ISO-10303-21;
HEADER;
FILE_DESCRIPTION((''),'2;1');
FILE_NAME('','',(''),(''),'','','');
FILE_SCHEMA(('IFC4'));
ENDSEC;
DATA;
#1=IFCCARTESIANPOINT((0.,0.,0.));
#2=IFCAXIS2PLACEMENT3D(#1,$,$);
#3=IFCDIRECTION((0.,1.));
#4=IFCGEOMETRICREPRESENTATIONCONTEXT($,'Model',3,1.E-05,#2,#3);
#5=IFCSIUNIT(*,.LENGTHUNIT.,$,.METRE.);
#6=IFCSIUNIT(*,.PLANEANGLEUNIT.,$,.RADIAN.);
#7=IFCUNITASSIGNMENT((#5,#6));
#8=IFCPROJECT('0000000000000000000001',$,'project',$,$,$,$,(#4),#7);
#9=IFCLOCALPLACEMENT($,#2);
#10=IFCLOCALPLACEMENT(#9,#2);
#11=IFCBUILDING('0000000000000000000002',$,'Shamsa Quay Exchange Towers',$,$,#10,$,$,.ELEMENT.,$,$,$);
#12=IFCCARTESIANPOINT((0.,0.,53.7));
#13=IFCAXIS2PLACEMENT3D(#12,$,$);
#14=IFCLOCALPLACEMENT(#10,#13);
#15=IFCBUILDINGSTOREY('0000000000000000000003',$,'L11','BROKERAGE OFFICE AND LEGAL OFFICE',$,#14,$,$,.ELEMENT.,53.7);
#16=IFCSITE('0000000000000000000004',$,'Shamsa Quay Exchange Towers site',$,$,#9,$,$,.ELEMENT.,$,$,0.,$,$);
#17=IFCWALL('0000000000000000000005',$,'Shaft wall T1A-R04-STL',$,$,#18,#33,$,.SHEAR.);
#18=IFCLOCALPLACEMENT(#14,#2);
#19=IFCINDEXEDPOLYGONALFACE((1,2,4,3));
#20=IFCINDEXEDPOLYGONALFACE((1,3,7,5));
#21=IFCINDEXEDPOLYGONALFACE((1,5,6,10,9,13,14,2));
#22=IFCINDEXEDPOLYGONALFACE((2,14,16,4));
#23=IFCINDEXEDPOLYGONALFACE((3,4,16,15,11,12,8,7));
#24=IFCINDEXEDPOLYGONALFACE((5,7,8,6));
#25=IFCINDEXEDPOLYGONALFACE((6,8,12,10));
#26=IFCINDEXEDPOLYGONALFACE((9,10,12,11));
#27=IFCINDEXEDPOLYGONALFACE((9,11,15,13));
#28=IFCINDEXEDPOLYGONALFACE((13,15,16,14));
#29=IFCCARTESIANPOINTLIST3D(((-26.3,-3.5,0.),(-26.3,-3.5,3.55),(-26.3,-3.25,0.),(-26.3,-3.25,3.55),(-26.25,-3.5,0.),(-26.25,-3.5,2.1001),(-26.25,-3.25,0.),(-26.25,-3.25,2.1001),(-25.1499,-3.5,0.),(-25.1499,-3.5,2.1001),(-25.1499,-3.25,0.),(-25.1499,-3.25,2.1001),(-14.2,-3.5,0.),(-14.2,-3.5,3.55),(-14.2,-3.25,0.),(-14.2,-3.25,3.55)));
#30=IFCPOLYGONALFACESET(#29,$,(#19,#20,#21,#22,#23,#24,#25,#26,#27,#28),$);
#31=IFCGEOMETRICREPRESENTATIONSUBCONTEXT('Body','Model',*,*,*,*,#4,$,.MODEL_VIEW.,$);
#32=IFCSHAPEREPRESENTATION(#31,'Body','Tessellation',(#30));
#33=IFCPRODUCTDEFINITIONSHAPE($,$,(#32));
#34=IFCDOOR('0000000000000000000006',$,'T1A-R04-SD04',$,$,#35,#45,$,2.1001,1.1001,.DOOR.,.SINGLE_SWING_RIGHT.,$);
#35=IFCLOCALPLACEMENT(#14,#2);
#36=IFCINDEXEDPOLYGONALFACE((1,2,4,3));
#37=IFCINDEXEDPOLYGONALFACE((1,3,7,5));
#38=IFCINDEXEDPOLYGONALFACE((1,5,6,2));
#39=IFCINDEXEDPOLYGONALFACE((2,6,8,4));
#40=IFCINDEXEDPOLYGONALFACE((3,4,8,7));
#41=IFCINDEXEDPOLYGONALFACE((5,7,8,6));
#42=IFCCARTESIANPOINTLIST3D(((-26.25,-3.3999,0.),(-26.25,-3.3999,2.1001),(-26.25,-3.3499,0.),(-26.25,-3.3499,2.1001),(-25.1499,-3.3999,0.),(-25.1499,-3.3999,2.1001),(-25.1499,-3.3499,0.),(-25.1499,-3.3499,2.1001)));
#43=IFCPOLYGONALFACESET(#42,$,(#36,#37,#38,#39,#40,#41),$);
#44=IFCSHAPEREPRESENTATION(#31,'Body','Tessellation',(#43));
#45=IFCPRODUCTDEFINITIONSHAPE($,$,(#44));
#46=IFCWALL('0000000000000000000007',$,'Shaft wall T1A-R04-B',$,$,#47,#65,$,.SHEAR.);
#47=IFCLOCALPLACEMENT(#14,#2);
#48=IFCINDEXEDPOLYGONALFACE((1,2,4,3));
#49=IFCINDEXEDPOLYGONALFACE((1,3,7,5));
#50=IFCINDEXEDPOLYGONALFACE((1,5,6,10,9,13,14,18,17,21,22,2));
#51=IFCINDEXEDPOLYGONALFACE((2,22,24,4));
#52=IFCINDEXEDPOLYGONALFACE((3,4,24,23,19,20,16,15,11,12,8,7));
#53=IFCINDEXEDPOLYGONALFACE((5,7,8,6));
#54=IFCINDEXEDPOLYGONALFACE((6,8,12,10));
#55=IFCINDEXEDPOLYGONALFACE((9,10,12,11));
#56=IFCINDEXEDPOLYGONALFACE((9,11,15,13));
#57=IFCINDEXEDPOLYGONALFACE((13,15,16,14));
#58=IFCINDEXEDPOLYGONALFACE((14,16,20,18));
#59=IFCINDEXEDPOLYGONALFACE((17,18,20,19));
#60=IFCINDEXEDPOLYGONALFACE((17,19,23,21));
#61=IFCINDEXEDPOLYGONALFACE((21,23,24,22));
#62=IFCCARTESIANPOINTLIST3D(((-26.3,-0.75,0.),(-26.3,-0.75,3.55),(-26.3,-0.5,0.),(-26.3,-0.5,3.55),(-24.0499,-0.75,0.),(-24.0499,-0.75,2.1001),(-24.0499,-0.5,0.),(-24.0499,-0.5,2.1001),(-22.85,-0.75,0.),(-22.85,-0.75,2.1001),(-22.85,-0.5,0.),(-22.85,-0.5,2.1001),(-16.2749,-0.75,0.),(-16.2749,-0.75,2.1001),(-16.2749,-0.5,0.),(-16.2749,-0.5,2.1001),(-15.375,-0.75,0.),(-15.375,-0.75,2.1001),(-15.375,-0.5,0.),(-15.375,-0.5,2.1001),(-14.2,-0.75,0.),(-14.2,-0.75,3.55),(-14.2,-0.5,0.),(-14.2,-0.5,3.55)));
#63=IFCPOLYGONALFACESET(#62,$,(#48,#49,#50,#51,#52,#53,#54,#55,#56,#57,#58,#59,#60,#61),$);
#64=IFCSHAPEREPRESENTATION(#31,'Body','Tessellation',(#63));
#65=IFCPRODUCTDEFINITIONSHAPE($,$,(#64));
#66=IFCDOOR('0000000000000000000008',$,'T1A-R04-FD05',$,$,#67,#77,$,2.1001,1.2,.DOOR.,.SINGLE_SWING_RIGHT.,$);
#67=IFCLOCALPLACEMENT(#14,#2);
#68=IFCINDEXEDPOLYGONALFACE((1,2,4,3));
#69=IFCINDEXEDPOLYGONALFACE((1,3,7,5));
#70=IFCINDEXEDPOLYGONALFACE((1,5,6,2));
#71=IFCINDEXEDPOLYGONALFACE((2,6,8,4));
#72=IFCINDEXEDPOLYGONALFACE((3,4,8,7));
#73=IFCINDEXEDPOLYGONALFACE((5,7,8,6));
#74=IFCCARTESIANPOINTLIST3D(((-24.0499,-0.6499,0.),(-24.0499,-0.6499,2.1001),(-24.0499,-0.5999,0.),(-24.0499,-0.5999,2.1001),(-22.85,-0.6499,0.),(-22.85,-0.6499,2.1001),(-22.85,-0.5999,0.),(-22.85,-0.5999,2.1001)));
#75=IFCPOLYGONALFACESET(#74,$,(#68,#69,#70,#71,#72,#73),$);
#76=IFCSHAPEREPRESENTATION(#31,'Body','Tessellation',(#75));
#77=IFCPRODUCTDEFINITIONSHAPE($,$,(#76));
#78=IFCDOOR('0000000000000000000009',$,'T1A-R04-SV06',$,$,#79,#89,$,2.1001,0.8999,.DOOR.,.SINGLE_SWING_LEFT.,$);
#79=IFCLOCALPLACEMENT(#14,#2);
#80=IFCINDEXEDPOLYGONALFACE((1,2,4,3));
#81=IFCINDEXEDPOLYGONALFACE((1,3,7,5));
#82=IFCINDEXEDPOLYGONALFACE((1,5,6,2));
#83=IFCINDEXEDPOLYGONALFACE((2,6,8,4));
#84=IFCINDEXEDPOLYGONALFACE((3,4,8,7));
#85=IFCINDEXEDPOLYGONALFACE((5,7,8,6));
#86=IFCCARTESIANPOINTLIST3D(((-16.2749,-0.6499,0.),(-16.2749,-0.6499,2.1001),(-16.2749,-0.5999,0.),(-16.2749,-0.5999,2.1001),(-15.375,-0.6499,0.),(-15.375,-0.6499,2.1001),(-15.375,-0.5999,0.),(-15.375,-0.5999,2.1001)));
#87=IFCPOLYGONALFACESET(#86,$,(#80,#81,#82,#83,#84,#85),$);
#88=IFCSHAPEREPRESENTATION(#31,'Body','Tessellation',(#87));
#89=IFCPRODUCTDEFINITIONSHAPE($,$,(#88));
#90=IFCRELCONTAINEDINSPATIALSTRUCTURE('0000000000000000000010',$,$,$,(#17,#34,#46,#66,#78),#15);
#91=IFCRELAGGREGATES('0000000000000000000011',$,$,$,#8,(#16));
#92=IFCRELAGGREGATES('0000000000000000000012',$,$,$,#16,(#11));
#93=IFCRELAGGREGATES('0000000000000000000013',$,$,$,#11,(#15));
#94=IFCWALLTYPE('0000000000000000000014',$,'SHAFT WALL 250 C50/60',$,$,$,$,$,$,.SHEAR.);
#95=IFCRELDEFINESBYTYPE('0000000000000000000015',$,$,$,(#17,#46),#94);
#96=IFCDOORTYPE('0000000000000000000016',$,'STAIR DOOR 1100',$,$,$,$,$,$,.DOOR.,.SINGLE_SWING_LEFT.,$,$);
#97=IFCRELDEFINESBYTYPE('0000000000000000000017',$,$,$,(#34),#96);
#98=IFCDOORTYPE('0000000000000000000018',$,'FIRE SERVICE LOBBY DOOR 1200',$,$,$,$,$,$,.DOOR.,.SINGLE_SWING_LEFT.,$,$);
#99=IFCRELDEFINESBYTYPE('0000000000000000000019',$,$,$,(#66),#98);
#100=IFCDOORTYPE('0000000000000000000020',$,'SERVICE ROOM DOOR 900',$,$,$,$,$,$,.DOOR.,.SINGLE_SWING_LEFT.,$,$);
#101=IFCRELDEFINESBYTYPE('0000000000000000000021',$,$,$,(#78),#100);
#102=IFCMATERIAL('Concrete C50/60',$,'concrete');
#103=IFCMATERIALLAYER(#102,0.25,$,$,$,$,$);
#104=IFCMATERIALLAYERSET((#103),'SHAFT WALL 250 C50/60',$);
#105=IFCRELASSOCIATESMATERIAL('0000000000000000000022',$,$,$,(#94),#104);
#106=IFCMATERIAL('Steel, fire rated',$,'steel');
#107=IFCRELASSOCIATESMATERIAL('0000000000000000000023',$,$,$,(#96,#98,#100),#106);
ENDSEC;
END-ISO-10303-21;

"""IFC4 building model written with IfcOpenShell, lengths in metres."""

from ifc_helpers import new_model, si_unit, direction, frame, frame_2d, origin, place, context, subcontext, project, spatial, rectangle, extrude, material, layer, layer_set, type_object, element, fill, save


model = new_model("IFC4")

# Units and contexts
model_context = context("Model", 3, precision=1e-05, world=origin(), true_north=direction((0.0, 1.0)))
body_context = subcontext(model_context, "Body", "Model", "MODEL_VIEW")
ifc_project = project(units=[si_unit("LENGTHUNIT", "METRE"), si_unit("PLANEANGLEUNIT", "RADIAN")], contexts=[model_context])

# Site, building, storey
site_placement = place(None, origin())
site = spatial("IfcSite", under=ifc_project, at=site_placement, Name="Shamsa Quay Exchange Towers site", CompositionType="ELEMENT", RefElevation=0.0)
building_placement = place(site_placement, origin())
building = spatial("IfcBuilding", under=site, at=building_placement, Name="Shamsa Quay Exchange Towers", CompositionType="ELEMENT")
storey_placement = place(building_placement, frame((0.0, 0.0, 53.7)))
storey = spatial("IfcBuildingStorey", under=building, at=storey_placement, Name="L11", Description="BROKERAGE OFFICE AND LEGAL OFFICE", CompositionType="ELEMENT", Elevation=53.7)

# Wall, opening, door
ifc_material_1 = material(Name="Concrete C50/60", Category="concrete")
ifc_layer_1 = layer(ifc_material_1, 0.25)
ifc_layer_set_1 = layer_set([ifc_layer_1], Name="SHAFT WALL 250 C50/60")
wall_type = type_object("IfcWallType", Name="SHAFT WALL 250 C50/60", PredefinedType="SHEAR", material=ifc_layer_set_1)
wall_1_placement = place(storey_placement, frame((-14.2, -3.375, 0.0), z_axis=(0.0, 0.0, 1.0), x_axis=(-1.0, 0.0, 0.0)))
wall_1 = element("IfcWall", 1, at=wall_1_placement, inside=storey, type_object=wall_type, Name="Shaft wall T1A-R04-STL", PredefinedType="SHEAR", context=body_context, shape_type="SweptSolid", body=[
    extrude(rectangle(XDim=12.1001, YDim=0.25, at=frame_2d((6.05, 0.0))), origin(), (0.0, 0.0, 1.0), 3.55),
])
opening_1_placement = place(wall_1_placement, frame((10.95, 0.0, 0.0)))
opening_1 = element("IfcOpeningElement", 2, at=opening_1_placement, cuts=wall_1, PredefinedType="OPENING", context=body_context, shape_type="SweptSolid", body=[
    extrude(rectangle(XDim=1.1001, YDim=2.1001, at=frame_2d((0.55, 1.05))), frame((0.0, 0.135, 0.0), z_axis=(0.0, -1.0, 0.0), x_axis=(1.0, 0.0, 0.0)), (0.0, 0.0, 1.0), 0.27),
])
ifc_material_2 = material(Name="Steel, fire rated", Category="steel")
door_type_1 = type_object("IfcDoorType", Name="STAIR DOOR 1100", OperationType="SINGLE_SWING_LEFT", PredefinedType="DOOR", material=ifc_material_2)
door_1_placement = place(opening_1_placement, origin())
door_1 = element("IfcDoor", 3, at=door_1_placement, inside=storey, type_object=door_type_1, Name="T1A-R04-SD04", OperationType="SINGLE_SWING_RIGHT", OverallHeight=2.1001, OverallWidth=1.1001, PredefinedType="DOOR", context=body_context, shape_type="SweptSolid", body=[
    extrude(rectangle(XDim=1.1001, YDim=2.1001, at=frame_2d((0.55, 1.05))), frame((0.0, 0.0249, 0.0), z_axis=(0.0, -1.0, 0.0), x_axis=(1.0, 0.0, 0.0)), (0.0, 0.0, 1.0), 0.05),
])
fill(opening_1, door_1)

# Wall, openings, doors
wall_2_placement = place(storey_placement, frame((-14.2, -0.625, 0.0), z_axis=(0.0, 0.0, 1.0), x_axis=(-1.0, 0.0, 0.0)))
wall_2 = element("IfcWall", 4, at=wall_2_placement, inside=storey, type_object=wall_type, Name="Shaft wall T1A-R04-B", PredefinedType="SHEAR", context=body_context, shape_type="SweptSolid", body=[
    extrude(rectangle(XDim=12.1001, YDim=0.25, at=frame_2d((6.05, 0.0))), origin(), (0.0, 0.0, 1.0), 3.55),
])
opening_2_placement = place(wall_2_placement, frame((8.6499, 0.0, 0.0)))
opening_2 = element("IfcOpeningElement", 5, at=opening_2_placement, cuts=wall_2, PredefinedType="OPENING", context=body_context, shape_type="SweptSolid", body=[
    extrude(rectangle(XDim=1.2, YDim=2.1001, at=frame_2d((0.6001, 1.05))), frame((0.0, 0.135, 0.0), z_axis=(0.0, -1.0, 0.0), x_axis=(1.0, 0.0, 0.0)), (0.0, 0.0, 1.0), 0.27),
])
opening_3_placement = place(wall_2_placement, frame((1.175, 0.0, 0.0)))
opening_3 = element("IfcOpeningElement", 6, at=opening_3_placement, cuts=wall_2, PredefinedType="OPENING", context=body_context, shape_type="SweptSolid", body=[
    extrude(rectangle(XDim=0.8999, YDim=2.1001, at=frame_2d((0.45, 1.05))), frame((0.0, 0.135, 0.0), z_axis=(0.0, -1.0, 0.0), x_axis=(1.0, 0.0, 0.0)), (0.0, 0.0, 1.0), 0.27),
])
door_type_2 = type_object("IfcDoorType", Name="FIRE SERVICE LOBBY DOOR 1200", OperationType="SINGLE_SWING_LEFT", PredefinedType="DOOR", material=ifc_material_2)
door_2_placement = place(opening_2_placement, origin())
door_2 = element("IfcDoor", 7, at=door_2_placement, inside=storey, type_object=door_type_2, Name="T1A-R04-FD05", OperationType="SINGLE_SWING_RIGHT", OverallHeight=2.1001, OverallWidth=1.2, PredefinedType="DOOR", context=body_context, shape_type="SweptSolid", body=[
    extrude(rectangle(XDim=1.2, YDim=2.1001, at=frame_2d((0.6001, 1.05))), frame((0.0, 0.0249, 0.0), z_axis=(0.0, -1.0, 0.0), x_axis=(1.0, 0.0, 0.0)), (0.0, 0.0, 1.0), 0.05),
])
fill(opening_2, door_2)
door_type_3 = type_object("IfcDoorType", Name="SERVICE ROOM DOOR 900", OperationType="SINGLE_SWING_LEFT", PredefinedType="DOOR", material=ifc_material_2)
door_3_placement = place(opening_3_placement, origin())
door_3 = element("IfcDoor", 8, at=door_3_placement, inside=storey, type_object=door_type_3, Name="T1A-R04-SV06", OperationType="SINGLE_SWING_LEFT", OverallHeight=2.1001, OverallWidth=0.8999, PredefinedType="DOOR", context=body_context, shape_type="SweptSolid", body=[
    extrude(rectangle(XDim=0.8999, YDim=2.1001, at=frame_2d((0.45, 1.05))), frame((0.0, 0.0249, 0.0), z_axis=(0.0, -1.0, 0.0), x_axis=(1.0, 0.0, 0.0)), (0.0, 0.0, 1.0), 0.05),
])
fill(opening_3, door_3)

save(model, "model.ifc")
